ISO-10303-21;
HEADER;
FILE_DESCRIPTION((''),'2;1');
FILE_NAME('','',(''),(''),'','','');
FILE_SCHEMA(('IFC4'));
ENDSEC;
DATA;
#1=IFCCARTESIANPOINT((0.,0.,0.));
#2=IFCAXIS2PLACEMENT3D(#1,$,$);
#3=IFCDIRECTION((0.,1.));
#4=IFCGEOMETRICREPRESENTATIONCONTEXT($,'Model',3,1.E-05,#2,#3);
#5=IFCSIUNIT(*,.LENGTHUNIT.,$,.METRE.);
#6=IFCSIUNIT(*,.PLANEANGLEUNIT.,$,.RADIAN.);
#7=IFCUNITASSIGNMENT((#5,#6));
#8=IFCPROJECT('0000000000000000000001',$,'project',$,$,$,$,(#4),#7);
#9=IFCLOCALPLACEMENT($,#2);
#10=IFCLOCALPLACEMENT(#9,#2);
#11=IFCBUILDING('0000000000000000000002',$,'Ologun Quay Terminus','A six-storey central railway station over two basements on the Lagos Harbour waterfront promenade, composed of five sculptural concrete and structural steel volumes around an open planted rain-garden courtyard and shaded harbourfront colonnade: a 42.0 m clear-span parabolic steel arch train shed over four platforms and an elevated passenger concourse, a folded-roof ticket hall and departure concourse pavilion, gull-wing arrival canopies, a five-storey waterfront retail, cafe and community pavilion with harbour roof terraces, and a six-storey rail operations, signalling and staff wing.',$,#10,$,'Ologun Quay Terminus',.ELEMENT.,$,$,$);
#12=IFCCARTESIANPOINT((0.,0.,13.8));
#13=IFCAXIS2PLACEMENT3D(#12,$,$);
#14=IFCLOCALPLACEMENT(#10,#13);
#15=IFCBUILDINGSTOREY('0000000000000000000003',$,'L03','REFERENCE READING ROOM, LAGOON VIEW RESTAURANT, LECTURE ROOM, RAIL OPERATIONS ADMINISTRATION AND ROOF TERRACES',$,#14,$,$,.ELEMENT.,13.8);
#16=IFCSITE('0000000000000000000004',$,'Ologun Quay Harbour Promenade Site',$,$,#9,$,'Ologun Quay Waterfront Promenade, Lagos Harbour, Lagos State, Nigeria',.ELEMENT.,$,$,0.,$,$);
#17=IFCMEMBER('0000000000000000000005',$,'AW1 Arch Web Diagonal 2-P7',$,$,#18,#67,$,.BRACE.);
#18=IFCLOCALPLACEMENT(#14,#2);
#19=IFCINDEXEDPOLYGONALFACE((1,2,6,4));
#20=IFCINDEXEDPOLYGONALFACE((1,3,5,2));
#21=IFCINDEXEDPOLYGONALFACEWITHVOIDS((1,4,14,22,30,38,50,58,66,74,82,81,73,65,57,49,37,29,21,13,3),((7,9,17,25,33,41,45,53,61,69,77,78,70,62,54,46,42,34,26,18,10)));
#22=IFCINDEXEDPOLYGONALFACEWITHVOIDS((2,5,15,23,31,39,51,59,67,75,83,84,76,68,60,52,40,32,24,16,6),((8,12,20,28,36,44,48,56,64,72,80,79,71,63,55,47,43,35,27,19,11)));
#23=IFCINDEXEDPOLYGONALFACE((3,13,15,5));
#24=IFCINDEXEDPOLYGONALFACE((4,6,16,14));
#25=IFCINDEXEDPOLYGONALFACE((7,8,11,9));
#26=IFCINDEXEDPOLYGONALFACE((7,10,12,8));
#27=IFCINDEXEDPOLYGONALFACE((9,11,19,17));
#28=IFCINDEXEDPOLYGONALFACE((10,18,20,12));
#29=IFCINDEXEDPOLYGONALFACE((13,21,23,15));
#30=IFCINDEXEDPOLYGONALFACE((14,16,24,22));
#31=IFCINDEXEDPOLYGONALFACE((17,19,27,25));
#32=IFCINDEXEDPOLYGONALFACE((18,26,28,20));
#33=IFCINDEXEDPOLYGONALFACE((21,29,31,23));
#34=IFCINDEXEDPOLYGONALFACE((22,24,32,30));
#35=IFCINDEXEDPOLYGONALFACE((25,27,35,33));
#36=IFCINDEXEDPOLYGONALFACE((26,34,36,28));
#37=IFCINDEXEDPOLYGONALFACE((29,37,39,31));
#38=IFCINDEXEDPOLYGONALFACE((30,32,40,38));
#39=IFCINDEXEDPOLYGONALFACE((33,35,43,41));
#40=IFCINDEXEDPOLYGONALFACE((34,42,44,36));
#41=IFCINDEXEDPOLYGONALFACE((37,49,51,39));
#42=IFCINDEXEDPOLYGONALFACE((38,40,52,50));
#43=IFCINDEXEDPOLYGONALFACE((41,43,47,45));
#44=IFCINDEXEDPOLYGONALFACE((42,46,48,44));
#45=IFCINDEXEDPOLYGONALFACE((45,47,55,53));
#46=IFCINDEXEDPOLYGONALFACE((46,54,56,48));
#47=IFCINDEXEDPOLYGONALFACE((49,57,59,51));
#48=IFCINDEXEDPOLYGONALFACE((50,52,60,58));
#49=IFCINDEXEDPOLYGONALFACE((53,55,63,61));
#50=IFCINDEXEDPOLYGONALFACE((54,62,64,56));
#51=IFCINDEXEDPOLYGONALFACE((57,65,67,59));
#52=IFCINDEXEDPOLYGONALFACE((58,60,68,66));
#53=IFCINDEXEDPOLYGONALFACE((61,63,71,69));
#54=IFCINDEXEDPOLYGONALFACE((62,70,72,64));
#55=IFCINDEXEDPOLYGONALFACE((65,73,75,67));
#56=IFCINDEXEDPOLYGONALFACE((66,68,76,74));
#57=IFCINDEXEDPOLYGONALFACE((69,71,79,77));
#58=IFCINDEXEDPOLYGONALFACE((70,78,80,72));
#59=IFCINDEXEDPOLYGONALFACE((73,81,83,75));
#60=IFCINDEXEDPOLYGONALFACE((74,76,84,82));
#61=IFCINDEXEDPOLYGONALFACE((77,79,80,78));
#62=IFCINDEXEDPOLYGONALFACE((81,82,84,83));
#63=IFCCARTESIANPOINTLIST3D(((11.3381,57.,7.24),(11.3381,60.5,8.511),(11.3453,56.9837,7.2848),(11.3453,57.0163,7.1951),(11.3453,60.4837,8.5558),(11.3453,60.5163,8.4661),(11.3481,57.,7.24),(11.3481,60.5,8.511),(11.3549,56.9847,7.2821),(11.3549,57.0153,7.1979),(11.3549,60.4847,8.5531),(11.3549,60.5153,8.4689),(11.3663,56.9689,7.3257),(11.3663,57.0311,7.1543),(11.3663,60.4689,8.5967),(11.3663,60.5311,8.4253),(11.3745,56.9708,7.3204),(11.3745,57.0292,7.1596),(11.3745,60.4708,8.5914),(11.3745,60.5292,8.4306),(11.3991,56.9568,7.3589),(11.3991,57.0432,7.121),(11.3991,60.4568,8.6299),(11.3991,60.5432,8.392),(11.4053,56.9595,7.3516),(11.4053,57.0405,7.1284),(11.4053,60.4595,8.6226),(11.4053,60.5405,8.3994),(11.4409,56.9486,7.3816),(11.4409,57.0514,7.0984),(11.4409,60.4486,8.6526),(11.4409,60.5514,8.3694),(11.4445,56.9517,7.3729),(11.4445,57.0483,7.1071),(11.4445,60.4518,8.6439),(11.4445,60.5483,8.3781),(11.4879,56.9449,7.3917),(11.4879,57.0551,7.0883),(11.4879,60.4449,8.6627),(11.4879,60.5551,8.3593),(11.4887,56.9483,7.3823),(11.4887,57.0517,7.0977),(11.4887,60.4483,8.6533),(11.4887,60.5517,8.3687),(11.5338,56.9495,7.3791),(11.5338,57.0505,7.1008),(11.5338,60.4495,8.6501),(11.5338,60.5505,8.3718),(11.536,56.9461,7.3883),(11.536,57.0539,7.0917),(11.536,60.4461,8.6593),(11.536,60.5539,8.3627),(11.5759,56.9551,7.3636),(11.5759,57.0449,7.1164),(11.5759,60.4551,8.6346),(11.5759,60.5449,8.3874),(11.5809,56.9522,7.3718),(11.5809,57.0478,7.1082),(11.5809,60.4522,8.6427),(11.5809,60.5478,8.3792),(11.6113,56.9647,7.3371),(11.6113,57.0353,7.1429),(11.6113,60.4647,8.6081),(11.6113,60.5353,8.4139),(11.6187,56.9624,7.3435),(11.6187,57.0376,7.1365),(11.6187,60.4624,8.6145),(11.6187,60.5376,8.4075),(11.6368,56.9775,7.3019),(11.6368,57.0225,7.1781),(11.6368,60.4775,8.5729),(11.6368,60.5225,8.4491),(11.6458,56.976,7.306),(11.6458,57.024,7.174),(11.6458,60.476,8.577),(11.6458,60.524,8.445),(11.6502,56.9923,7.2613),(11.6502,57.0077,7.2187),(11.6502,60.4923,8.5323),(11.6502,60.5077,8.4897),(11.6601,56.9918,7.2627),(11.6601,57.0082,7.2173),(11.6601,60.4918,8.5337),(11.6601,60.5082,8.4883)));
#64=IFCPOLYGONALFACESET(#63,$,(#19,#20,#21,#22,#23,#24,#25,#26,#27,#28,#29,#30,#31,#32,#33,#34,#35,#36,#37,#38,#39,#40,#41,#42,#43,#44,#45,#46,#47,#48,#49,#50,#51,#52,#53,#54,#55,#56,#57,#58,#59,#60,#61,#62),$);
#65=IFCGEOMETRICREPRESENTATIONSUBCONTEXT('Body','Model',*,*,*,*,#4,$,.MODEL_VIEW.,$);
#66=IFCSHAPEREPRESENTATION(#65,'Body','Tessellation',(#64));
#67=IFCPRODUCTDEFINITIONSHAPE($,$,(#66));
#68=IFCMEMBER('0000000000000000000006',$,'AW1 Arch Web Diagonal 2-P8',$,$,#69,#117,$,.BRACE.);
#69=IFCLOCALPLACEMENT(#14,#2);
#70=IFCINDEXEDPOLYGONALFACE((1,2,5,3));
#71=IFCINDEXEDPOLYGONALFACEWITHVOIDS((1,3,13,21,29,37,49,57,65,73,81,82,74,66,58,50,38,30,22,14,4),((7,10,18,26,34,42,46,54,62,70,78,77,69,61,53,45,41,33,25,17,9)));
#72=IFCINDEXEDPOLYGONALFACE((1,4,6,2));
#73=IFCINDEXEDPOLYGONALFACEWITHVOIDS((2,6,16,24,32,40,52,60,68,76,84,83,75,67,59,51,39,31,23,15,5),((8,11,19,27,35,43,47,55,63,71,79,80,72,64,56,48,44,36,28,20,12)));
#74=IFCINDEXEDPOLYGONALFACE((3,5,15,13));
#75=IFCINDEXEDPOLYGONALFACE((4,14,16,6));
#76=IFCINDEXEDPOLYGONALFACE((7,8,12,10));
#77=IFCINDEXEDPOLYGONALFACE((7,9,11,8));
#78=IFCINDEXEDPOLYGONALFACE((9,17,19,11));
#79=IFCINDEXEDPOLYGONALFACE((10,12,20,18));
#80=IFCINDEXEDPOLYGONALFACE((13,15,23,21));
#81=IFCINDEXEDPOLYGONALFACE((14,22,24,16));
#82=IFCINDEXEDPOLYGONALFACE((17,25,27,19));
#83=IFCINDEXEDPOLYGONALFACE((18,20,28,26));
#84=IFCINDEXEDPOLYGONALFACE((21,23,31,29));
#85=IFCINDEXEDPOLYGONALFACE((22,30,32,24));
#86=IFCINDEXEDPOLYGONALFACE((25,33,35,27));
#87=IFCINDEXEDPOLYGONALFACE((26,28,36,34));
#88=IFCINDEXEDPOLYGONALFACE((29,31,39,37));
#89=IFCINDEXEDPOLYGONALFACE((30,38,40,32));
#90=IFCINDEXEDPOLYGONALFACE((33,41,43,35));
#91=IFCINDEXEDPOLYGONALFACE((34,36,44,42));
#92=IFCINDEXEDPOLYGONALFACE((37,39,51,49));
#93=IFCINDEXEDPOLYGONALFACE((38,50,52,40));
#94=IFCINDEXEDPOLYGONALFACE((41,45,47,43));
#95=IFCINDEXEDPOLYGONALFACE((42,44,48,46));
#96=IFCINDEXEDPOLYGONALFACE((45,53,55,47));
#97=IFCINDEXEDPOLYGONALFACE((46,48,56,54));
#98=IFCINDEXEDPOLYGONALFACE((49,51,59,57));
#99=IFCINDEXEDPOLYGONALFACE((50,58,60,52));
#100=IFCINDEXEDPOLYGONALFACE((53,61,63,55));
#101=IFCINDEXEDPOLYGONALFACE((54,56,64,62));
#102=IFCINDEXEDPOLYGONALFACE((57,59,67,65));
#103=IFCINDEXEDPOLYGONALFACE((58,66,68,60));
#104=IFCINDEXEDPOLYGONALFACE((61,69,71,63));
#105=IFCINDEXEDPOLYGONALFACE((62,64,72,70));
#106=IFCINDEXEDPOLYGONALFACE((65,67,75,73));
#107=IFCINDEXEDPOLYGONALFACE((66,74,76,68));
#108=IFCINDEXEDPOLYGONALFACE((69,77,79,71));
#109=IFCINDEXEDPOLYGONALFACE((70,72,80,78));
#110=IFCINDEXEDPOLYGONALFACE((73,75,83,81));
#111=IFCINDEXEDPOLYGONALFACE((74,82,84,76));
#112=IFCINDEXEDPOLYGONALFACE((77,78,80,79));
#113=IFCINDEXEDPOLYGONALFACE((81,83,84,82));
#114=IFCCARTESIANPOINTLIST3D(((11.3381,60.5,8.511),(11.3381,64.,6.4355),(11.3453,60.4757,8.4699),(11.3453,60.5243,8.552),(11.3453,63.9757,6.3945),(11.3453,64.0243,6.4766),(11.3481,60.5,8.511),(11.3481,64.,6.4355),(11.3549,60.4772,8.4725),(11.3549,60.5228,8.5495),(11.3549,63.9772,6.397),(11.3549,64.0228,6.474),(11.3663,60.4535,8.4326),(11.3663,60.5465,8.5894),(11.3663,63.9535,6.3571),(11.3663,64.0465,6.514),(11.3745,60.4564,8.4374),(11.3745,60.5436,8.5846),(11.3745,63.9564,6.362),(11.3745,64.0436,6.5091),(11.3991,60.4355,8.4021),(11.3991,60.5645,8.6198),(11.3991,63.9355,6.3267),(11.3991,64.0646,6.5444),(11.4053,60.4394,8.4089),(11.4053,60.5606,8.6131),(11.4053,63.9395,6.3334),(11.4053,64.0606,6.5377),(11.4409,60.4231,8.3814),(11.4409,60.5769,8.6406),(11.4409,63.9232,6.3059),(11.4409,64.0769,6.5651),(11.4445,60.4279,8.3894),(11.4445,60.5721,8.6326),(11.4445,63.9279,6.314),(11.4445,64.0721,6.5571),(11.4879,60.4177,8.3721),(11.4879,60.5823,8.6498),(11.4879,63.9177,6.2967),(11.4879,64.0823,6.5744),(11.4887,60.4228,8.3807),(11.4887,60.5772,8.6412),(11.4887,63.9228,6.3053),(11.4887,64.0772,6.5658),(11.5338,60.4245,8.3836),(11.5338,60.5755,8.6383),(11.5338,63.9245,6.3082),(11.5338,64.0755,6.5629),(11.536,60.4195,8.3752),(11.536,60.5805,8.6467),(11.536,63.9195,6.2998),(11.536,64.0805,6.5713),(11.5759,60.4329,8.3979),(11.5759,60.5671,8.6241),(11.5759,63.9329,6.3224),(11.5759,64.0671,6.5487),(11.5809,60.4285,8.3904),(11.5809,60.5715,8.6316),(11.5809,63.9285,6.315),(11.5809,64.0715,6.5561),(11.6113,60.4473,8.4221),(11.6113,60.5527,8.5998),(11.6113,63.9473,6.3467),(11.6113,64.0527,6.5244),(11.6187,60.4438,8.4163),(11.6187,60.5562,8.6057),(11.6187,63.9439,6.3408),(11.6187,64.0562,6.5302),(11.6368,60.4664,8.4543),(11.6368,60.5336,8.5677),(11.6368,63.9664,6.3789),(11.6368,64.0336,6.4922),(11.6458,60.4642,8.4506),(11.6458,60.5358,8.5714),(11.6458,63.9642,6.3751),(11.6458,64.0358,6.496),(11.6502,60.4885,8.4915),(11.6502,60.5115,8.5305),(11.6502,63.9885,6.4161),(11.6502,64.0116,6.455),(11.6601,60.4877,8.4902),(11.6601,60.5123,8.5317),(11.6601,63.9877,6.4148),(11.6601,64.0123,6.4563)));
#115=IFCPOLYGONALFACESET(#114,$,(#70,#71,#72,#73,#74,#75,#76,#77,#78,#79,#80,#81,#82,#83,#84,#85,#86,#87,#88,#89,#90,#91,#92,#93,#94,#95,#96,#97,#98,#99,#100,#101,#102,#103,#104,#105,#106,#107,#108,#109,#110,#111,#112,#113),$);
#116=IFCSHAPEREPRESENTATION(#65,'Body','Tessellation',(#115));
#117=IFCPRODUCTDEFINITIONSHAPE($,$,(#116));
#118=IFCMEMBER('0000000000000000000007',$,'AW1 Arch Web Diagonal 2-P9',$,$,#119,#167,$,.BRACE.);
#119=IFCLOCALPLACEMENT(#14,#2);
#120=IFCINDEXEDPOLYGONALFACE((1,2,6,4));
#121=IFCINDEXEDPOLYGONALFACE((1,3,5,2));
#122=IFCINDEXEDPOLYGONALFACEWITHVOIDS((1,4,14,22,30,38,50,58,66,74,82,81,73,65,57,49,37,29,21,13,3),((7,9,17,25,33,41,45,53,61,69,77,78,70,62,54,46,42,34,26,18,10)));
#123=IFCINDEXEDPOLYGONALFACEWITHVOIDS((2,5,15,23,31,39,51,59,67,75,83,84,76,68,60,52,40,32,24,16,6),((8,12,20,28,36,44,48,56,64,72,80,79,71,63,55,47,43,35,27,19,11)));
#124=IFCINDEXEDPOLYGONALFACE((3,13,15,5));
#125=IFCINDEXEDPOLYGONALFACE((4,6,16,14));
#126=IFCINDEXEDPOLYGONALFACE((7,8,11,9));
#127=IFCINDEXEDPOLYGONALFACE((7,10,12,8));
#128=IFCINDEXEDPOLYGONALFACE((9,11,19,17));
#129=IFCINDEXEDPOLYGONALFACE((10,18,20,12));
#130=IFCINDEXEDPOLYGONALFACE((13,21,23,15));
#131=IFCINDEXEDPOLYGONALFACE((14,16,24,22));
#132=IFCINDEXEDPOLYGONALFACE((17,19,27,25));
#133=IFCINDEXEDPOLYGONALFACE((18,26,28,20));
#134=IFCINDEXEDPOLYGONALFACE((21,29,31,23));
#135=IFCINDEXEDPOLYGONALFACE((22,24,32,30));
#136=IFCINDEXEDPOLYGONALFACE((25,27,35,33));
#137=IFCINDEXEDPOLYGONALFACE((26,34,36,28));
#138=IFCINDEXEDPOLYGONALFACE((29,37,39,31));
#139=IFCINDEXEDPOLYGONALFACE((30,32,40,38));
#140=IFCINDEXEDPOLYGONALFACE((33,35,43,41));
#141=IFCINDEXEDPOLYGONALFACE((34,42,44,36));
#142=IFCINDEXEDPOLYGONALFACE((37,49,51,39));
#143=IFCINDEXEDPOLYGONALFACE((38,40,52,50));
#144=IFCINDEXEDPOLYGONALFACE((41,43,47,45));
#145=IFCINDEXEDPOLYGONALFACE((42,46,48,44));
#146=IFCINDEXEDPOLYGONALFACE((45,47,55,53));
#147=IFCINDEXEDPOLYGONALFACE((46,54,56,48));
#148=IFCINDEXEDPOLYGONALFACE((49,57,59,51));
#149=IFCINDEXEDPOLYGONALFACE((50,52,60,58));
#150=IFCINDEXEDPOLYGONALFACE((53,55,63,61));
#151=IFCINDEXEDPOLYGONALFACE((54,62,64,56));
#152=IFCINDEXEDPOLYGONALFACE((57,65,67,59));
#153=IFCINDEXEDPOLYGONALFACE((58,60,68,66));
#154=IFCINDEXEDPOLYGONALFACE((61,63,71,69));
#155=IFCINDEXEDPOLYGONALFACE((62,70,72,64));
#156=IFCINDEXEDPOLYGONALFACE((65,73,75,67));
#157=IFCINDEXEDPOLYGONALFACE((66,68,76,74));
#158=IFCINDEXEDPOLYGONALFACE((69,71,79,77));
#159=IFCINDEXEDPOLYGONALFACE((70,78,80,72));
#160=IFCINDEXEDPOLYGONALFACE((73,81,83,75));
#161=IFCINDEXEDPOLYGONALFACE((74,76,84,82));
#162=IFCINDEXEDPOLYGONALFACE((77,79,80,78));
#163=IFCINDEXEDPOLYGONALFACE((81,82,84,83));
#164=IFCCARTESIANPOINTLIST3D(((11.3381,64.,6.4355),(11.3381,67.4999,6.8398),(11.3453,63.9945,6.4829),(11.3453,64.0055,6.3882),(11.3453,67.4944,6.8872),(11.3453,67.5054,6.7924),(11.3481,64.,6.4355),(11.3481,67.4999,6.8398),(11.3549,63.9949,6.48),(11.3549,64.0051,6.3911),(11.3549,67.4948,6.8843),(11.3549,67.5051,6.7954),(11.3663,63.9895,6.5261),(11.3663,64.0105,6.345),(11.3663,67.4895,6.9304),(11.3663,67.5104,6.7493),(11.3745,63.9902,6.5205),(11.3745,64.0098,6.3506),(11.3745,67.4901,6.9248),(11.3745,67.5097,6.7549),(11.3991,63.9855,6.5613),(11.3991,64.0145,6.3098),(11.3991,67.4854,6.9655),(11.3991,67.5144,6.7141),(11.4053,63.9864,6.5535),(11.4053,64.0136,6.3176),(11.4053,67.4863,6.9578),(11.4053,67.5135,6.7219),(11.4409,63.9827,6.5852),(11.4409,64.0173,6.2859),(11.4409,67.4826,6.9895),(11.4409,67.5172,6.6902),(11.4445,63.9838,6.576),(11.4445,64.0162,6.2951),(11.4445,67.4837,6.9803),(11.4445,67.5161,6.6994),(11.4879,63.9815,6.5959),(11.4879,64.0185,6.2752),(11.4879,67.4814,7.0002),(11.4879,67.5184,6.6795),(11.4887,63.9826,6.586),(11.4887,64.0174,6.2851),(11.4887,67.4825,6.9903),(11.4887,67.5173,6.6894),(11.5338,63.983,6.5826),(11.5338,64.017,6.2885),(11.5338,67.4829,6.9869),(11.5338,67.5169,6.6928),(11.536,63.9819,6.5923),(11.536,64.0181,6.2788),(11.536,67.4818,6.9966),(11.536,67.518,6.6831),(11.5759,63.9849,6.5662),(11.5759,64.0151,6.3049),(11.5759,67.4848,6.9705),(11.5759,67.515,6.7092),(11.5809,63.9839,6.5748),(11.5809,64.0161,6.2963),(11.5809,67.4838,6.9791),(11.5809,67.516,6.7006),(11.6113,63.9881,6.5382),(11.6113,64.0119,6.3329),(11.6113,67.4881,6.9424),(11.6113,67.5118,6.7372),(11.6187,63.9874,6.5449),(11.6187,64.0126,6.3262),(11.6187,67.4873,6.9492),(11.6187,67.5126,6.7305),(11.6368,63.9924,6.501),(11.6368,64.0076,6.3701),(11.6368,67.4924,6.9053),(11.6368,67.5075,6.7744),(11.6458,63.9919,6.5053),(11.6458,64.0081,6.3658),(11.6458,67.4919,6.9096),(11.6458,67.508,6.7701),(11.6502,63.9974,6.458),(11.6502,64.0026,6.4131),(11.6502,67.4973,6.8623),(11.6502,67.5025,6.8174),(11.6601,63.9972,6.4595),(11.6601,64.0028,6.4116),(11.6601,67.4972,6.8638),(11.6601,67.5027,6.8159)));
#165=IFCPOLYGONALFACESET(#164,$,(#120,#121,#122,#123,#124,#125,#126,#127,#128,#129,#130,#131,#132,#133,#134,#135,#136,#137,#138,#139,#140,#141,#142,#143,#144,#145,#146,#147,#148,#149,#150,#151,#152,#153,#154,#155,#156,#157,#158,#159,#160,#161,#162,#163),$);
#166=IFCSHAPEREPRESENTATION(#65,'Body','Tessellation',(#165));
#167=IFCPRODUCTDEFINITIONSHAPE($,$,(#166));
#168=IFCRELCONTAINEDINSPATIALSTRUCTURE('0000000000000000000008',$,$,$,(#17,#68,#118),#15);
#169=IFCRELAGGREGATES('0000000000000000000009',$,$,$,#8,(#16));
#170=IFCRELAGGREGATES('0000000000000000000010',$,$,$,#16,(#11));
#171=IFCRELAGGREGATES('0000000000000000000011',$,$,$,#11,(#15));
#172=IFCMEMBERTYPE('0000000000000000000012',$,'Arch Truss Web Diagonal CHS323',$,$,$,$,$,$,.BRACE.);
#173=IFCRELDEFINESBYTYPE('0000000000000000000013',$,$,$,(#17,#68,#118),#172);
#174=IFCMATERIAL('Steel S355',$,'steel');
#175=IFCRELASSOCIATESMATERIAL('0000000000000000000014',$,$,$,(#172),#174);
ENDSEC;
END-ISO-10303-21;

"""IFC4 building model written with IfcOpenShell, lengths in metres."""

from ifc_helpers import new_model, si_unit, direction, frame, origin, origin_2d, place, context, subcontext, project, spatial, hollow_circle, extrude, material, material_profile, profile_set, type_object, element, save


model = new_model("IFC4")

# Units and contexts
model_context = context("Model", 3, precision=1e-05, world=origin(), true_north=direction((0.0, 1.0)))
body_context = subcontext(model_context, "Body", "Model", "MODEL_VIEW")
ifc_project = project(units=[si_unit("LENGTHUNIT", "METRE"), si_unit("PLANEANGLEUNIT", "RADIAN")], contexts=[model_context])

# Site, building, storey
site_placement = place(None, origin())
site = spatial("IfcSite", under=ifc_project, at=site_placement, Name="Ologun Quay Harbour Promenade Site", LongName="Ologun Quay Waterfront Promenade, Lagos Harbour, Lagos State, Nigeria", CompositionType="ELEMENT", RefElevation=0.0)
building_placement = place(site_placement, origin())
building = spatial("IfcBuilding", under=site, at=building_placement, Name="Ologun Quay Terminus", Description="A six-storey central railway station over two basements on the Lagos Harbour waterfront promenade, composed of five sculptural concrete and structural steel volumes around an open planted rain-garden courtyard and shaded harbourfront colonnade: a 42.0 m clear-span parabolic steel arch train shed over four platforms and an elevated passenger concourse, a folded-roof ticket hall and departure concourse pavilion, gull-wing arrival canopies, a five-storey waterfront retail, cafe and community pavilion with harbour roof terraces, and a six-storey rail operations, signalling and staff wing.", LongName="Ologun Quay Terminus", CompositionType="ELEMENT")
storey_placement = place(building_placement, frame((0.0, 0.0, 13.8)))
storey = spatial("IfcBuildingStorey", under=building, at=storey_placement, Name="L03", Description="REFERENCE READING ROOM, LAGOON VIEW RESTAURANT, LECTURE ROOM, RAIL OPERATIONS ADMINISTRATION AND ROOF TERRACES", CompositionType="ELEMENT", Elevation=13.8)

# Members
ifc_material_1 = material(Name="Steel S355", Category="steel")
ifc_material_profile_1 = material_profile(ifc_material_1, hollow_circle(Radius=0.1619, WallThickness=0.01, at=origin_2d()), Name="CHS 323.9x10")
ifc_profile_set_1 = profile_set([ifc_material_profile_1], Name="Steel S355")
member_type_1 = type_object("IfcMemberType", Name="Arch Truss Web Diagonal CHS323", PredefinedType="BRACE", material=ifc_profile_set_1)
member_1_placement = place(storey_placement, frame((11.5, 57.0, 7.24), z_axis=(0.0, 0.939943, 0.341332), x_axis=(-1.0, 0.0, 0.0)))
element("IfcMember", 1, at=member_1_placement, inside=storey, type_object=member_type_1, Name="AW1 Arch Web Diagonal 2-P7", PredefinedType="BRACE", context=body_context, shape_type="SweptSolid", body=[
    extrude(hollow_circle(Radius=0.1619, WallThickness=0.01, at=origin_2d()), origin(), (0.0, 0.0, 1.0), 3.7236),
])
member_2_placement = place(storey_placement, frame((11.5, 60.5, 8.511), z_axis=(0.0, 0.860144, -0.510051), x_axis=(-1.0, 0.0, 0.0)))
element("IfcMember", 2, at=member_2_placement, inside=storey, type_object=member_type_1, Name="AW1 Arch Web Diagonal 2-P8", PredefinedType="BRACE", context=body_context, shape_type="SweptSolid", body=[
    extrude(hollow_circle(Radius=0.1619, WallThickness=0.01, at=origin_2d()), origin(), (0.0, 0.0, 1.0), 4.0691),
])
member_3_placement = place(storey_placement, frame((11.5, 64.0, 6.4355), z_axis=(0.0, 0.993394, 0.11475), x_axis=(-1.0, 0.0, 0.0)))
element("IfcMember", 3, at=member_3_placement, inside=storey, type_object=member_type_1, Name="AW1 Arch Web Diagonal 2-P9", PredefinedType="BRACE", context=body_context, shape_type="SweptSolid", body=[
    extrude(hollow_circle(Radius=0.1619, WallThickness=0.01, at=origin_2d()), origin(), (0.0, 0.0, 1.0), 3.5232),
])

save(model, "model.ifc")
